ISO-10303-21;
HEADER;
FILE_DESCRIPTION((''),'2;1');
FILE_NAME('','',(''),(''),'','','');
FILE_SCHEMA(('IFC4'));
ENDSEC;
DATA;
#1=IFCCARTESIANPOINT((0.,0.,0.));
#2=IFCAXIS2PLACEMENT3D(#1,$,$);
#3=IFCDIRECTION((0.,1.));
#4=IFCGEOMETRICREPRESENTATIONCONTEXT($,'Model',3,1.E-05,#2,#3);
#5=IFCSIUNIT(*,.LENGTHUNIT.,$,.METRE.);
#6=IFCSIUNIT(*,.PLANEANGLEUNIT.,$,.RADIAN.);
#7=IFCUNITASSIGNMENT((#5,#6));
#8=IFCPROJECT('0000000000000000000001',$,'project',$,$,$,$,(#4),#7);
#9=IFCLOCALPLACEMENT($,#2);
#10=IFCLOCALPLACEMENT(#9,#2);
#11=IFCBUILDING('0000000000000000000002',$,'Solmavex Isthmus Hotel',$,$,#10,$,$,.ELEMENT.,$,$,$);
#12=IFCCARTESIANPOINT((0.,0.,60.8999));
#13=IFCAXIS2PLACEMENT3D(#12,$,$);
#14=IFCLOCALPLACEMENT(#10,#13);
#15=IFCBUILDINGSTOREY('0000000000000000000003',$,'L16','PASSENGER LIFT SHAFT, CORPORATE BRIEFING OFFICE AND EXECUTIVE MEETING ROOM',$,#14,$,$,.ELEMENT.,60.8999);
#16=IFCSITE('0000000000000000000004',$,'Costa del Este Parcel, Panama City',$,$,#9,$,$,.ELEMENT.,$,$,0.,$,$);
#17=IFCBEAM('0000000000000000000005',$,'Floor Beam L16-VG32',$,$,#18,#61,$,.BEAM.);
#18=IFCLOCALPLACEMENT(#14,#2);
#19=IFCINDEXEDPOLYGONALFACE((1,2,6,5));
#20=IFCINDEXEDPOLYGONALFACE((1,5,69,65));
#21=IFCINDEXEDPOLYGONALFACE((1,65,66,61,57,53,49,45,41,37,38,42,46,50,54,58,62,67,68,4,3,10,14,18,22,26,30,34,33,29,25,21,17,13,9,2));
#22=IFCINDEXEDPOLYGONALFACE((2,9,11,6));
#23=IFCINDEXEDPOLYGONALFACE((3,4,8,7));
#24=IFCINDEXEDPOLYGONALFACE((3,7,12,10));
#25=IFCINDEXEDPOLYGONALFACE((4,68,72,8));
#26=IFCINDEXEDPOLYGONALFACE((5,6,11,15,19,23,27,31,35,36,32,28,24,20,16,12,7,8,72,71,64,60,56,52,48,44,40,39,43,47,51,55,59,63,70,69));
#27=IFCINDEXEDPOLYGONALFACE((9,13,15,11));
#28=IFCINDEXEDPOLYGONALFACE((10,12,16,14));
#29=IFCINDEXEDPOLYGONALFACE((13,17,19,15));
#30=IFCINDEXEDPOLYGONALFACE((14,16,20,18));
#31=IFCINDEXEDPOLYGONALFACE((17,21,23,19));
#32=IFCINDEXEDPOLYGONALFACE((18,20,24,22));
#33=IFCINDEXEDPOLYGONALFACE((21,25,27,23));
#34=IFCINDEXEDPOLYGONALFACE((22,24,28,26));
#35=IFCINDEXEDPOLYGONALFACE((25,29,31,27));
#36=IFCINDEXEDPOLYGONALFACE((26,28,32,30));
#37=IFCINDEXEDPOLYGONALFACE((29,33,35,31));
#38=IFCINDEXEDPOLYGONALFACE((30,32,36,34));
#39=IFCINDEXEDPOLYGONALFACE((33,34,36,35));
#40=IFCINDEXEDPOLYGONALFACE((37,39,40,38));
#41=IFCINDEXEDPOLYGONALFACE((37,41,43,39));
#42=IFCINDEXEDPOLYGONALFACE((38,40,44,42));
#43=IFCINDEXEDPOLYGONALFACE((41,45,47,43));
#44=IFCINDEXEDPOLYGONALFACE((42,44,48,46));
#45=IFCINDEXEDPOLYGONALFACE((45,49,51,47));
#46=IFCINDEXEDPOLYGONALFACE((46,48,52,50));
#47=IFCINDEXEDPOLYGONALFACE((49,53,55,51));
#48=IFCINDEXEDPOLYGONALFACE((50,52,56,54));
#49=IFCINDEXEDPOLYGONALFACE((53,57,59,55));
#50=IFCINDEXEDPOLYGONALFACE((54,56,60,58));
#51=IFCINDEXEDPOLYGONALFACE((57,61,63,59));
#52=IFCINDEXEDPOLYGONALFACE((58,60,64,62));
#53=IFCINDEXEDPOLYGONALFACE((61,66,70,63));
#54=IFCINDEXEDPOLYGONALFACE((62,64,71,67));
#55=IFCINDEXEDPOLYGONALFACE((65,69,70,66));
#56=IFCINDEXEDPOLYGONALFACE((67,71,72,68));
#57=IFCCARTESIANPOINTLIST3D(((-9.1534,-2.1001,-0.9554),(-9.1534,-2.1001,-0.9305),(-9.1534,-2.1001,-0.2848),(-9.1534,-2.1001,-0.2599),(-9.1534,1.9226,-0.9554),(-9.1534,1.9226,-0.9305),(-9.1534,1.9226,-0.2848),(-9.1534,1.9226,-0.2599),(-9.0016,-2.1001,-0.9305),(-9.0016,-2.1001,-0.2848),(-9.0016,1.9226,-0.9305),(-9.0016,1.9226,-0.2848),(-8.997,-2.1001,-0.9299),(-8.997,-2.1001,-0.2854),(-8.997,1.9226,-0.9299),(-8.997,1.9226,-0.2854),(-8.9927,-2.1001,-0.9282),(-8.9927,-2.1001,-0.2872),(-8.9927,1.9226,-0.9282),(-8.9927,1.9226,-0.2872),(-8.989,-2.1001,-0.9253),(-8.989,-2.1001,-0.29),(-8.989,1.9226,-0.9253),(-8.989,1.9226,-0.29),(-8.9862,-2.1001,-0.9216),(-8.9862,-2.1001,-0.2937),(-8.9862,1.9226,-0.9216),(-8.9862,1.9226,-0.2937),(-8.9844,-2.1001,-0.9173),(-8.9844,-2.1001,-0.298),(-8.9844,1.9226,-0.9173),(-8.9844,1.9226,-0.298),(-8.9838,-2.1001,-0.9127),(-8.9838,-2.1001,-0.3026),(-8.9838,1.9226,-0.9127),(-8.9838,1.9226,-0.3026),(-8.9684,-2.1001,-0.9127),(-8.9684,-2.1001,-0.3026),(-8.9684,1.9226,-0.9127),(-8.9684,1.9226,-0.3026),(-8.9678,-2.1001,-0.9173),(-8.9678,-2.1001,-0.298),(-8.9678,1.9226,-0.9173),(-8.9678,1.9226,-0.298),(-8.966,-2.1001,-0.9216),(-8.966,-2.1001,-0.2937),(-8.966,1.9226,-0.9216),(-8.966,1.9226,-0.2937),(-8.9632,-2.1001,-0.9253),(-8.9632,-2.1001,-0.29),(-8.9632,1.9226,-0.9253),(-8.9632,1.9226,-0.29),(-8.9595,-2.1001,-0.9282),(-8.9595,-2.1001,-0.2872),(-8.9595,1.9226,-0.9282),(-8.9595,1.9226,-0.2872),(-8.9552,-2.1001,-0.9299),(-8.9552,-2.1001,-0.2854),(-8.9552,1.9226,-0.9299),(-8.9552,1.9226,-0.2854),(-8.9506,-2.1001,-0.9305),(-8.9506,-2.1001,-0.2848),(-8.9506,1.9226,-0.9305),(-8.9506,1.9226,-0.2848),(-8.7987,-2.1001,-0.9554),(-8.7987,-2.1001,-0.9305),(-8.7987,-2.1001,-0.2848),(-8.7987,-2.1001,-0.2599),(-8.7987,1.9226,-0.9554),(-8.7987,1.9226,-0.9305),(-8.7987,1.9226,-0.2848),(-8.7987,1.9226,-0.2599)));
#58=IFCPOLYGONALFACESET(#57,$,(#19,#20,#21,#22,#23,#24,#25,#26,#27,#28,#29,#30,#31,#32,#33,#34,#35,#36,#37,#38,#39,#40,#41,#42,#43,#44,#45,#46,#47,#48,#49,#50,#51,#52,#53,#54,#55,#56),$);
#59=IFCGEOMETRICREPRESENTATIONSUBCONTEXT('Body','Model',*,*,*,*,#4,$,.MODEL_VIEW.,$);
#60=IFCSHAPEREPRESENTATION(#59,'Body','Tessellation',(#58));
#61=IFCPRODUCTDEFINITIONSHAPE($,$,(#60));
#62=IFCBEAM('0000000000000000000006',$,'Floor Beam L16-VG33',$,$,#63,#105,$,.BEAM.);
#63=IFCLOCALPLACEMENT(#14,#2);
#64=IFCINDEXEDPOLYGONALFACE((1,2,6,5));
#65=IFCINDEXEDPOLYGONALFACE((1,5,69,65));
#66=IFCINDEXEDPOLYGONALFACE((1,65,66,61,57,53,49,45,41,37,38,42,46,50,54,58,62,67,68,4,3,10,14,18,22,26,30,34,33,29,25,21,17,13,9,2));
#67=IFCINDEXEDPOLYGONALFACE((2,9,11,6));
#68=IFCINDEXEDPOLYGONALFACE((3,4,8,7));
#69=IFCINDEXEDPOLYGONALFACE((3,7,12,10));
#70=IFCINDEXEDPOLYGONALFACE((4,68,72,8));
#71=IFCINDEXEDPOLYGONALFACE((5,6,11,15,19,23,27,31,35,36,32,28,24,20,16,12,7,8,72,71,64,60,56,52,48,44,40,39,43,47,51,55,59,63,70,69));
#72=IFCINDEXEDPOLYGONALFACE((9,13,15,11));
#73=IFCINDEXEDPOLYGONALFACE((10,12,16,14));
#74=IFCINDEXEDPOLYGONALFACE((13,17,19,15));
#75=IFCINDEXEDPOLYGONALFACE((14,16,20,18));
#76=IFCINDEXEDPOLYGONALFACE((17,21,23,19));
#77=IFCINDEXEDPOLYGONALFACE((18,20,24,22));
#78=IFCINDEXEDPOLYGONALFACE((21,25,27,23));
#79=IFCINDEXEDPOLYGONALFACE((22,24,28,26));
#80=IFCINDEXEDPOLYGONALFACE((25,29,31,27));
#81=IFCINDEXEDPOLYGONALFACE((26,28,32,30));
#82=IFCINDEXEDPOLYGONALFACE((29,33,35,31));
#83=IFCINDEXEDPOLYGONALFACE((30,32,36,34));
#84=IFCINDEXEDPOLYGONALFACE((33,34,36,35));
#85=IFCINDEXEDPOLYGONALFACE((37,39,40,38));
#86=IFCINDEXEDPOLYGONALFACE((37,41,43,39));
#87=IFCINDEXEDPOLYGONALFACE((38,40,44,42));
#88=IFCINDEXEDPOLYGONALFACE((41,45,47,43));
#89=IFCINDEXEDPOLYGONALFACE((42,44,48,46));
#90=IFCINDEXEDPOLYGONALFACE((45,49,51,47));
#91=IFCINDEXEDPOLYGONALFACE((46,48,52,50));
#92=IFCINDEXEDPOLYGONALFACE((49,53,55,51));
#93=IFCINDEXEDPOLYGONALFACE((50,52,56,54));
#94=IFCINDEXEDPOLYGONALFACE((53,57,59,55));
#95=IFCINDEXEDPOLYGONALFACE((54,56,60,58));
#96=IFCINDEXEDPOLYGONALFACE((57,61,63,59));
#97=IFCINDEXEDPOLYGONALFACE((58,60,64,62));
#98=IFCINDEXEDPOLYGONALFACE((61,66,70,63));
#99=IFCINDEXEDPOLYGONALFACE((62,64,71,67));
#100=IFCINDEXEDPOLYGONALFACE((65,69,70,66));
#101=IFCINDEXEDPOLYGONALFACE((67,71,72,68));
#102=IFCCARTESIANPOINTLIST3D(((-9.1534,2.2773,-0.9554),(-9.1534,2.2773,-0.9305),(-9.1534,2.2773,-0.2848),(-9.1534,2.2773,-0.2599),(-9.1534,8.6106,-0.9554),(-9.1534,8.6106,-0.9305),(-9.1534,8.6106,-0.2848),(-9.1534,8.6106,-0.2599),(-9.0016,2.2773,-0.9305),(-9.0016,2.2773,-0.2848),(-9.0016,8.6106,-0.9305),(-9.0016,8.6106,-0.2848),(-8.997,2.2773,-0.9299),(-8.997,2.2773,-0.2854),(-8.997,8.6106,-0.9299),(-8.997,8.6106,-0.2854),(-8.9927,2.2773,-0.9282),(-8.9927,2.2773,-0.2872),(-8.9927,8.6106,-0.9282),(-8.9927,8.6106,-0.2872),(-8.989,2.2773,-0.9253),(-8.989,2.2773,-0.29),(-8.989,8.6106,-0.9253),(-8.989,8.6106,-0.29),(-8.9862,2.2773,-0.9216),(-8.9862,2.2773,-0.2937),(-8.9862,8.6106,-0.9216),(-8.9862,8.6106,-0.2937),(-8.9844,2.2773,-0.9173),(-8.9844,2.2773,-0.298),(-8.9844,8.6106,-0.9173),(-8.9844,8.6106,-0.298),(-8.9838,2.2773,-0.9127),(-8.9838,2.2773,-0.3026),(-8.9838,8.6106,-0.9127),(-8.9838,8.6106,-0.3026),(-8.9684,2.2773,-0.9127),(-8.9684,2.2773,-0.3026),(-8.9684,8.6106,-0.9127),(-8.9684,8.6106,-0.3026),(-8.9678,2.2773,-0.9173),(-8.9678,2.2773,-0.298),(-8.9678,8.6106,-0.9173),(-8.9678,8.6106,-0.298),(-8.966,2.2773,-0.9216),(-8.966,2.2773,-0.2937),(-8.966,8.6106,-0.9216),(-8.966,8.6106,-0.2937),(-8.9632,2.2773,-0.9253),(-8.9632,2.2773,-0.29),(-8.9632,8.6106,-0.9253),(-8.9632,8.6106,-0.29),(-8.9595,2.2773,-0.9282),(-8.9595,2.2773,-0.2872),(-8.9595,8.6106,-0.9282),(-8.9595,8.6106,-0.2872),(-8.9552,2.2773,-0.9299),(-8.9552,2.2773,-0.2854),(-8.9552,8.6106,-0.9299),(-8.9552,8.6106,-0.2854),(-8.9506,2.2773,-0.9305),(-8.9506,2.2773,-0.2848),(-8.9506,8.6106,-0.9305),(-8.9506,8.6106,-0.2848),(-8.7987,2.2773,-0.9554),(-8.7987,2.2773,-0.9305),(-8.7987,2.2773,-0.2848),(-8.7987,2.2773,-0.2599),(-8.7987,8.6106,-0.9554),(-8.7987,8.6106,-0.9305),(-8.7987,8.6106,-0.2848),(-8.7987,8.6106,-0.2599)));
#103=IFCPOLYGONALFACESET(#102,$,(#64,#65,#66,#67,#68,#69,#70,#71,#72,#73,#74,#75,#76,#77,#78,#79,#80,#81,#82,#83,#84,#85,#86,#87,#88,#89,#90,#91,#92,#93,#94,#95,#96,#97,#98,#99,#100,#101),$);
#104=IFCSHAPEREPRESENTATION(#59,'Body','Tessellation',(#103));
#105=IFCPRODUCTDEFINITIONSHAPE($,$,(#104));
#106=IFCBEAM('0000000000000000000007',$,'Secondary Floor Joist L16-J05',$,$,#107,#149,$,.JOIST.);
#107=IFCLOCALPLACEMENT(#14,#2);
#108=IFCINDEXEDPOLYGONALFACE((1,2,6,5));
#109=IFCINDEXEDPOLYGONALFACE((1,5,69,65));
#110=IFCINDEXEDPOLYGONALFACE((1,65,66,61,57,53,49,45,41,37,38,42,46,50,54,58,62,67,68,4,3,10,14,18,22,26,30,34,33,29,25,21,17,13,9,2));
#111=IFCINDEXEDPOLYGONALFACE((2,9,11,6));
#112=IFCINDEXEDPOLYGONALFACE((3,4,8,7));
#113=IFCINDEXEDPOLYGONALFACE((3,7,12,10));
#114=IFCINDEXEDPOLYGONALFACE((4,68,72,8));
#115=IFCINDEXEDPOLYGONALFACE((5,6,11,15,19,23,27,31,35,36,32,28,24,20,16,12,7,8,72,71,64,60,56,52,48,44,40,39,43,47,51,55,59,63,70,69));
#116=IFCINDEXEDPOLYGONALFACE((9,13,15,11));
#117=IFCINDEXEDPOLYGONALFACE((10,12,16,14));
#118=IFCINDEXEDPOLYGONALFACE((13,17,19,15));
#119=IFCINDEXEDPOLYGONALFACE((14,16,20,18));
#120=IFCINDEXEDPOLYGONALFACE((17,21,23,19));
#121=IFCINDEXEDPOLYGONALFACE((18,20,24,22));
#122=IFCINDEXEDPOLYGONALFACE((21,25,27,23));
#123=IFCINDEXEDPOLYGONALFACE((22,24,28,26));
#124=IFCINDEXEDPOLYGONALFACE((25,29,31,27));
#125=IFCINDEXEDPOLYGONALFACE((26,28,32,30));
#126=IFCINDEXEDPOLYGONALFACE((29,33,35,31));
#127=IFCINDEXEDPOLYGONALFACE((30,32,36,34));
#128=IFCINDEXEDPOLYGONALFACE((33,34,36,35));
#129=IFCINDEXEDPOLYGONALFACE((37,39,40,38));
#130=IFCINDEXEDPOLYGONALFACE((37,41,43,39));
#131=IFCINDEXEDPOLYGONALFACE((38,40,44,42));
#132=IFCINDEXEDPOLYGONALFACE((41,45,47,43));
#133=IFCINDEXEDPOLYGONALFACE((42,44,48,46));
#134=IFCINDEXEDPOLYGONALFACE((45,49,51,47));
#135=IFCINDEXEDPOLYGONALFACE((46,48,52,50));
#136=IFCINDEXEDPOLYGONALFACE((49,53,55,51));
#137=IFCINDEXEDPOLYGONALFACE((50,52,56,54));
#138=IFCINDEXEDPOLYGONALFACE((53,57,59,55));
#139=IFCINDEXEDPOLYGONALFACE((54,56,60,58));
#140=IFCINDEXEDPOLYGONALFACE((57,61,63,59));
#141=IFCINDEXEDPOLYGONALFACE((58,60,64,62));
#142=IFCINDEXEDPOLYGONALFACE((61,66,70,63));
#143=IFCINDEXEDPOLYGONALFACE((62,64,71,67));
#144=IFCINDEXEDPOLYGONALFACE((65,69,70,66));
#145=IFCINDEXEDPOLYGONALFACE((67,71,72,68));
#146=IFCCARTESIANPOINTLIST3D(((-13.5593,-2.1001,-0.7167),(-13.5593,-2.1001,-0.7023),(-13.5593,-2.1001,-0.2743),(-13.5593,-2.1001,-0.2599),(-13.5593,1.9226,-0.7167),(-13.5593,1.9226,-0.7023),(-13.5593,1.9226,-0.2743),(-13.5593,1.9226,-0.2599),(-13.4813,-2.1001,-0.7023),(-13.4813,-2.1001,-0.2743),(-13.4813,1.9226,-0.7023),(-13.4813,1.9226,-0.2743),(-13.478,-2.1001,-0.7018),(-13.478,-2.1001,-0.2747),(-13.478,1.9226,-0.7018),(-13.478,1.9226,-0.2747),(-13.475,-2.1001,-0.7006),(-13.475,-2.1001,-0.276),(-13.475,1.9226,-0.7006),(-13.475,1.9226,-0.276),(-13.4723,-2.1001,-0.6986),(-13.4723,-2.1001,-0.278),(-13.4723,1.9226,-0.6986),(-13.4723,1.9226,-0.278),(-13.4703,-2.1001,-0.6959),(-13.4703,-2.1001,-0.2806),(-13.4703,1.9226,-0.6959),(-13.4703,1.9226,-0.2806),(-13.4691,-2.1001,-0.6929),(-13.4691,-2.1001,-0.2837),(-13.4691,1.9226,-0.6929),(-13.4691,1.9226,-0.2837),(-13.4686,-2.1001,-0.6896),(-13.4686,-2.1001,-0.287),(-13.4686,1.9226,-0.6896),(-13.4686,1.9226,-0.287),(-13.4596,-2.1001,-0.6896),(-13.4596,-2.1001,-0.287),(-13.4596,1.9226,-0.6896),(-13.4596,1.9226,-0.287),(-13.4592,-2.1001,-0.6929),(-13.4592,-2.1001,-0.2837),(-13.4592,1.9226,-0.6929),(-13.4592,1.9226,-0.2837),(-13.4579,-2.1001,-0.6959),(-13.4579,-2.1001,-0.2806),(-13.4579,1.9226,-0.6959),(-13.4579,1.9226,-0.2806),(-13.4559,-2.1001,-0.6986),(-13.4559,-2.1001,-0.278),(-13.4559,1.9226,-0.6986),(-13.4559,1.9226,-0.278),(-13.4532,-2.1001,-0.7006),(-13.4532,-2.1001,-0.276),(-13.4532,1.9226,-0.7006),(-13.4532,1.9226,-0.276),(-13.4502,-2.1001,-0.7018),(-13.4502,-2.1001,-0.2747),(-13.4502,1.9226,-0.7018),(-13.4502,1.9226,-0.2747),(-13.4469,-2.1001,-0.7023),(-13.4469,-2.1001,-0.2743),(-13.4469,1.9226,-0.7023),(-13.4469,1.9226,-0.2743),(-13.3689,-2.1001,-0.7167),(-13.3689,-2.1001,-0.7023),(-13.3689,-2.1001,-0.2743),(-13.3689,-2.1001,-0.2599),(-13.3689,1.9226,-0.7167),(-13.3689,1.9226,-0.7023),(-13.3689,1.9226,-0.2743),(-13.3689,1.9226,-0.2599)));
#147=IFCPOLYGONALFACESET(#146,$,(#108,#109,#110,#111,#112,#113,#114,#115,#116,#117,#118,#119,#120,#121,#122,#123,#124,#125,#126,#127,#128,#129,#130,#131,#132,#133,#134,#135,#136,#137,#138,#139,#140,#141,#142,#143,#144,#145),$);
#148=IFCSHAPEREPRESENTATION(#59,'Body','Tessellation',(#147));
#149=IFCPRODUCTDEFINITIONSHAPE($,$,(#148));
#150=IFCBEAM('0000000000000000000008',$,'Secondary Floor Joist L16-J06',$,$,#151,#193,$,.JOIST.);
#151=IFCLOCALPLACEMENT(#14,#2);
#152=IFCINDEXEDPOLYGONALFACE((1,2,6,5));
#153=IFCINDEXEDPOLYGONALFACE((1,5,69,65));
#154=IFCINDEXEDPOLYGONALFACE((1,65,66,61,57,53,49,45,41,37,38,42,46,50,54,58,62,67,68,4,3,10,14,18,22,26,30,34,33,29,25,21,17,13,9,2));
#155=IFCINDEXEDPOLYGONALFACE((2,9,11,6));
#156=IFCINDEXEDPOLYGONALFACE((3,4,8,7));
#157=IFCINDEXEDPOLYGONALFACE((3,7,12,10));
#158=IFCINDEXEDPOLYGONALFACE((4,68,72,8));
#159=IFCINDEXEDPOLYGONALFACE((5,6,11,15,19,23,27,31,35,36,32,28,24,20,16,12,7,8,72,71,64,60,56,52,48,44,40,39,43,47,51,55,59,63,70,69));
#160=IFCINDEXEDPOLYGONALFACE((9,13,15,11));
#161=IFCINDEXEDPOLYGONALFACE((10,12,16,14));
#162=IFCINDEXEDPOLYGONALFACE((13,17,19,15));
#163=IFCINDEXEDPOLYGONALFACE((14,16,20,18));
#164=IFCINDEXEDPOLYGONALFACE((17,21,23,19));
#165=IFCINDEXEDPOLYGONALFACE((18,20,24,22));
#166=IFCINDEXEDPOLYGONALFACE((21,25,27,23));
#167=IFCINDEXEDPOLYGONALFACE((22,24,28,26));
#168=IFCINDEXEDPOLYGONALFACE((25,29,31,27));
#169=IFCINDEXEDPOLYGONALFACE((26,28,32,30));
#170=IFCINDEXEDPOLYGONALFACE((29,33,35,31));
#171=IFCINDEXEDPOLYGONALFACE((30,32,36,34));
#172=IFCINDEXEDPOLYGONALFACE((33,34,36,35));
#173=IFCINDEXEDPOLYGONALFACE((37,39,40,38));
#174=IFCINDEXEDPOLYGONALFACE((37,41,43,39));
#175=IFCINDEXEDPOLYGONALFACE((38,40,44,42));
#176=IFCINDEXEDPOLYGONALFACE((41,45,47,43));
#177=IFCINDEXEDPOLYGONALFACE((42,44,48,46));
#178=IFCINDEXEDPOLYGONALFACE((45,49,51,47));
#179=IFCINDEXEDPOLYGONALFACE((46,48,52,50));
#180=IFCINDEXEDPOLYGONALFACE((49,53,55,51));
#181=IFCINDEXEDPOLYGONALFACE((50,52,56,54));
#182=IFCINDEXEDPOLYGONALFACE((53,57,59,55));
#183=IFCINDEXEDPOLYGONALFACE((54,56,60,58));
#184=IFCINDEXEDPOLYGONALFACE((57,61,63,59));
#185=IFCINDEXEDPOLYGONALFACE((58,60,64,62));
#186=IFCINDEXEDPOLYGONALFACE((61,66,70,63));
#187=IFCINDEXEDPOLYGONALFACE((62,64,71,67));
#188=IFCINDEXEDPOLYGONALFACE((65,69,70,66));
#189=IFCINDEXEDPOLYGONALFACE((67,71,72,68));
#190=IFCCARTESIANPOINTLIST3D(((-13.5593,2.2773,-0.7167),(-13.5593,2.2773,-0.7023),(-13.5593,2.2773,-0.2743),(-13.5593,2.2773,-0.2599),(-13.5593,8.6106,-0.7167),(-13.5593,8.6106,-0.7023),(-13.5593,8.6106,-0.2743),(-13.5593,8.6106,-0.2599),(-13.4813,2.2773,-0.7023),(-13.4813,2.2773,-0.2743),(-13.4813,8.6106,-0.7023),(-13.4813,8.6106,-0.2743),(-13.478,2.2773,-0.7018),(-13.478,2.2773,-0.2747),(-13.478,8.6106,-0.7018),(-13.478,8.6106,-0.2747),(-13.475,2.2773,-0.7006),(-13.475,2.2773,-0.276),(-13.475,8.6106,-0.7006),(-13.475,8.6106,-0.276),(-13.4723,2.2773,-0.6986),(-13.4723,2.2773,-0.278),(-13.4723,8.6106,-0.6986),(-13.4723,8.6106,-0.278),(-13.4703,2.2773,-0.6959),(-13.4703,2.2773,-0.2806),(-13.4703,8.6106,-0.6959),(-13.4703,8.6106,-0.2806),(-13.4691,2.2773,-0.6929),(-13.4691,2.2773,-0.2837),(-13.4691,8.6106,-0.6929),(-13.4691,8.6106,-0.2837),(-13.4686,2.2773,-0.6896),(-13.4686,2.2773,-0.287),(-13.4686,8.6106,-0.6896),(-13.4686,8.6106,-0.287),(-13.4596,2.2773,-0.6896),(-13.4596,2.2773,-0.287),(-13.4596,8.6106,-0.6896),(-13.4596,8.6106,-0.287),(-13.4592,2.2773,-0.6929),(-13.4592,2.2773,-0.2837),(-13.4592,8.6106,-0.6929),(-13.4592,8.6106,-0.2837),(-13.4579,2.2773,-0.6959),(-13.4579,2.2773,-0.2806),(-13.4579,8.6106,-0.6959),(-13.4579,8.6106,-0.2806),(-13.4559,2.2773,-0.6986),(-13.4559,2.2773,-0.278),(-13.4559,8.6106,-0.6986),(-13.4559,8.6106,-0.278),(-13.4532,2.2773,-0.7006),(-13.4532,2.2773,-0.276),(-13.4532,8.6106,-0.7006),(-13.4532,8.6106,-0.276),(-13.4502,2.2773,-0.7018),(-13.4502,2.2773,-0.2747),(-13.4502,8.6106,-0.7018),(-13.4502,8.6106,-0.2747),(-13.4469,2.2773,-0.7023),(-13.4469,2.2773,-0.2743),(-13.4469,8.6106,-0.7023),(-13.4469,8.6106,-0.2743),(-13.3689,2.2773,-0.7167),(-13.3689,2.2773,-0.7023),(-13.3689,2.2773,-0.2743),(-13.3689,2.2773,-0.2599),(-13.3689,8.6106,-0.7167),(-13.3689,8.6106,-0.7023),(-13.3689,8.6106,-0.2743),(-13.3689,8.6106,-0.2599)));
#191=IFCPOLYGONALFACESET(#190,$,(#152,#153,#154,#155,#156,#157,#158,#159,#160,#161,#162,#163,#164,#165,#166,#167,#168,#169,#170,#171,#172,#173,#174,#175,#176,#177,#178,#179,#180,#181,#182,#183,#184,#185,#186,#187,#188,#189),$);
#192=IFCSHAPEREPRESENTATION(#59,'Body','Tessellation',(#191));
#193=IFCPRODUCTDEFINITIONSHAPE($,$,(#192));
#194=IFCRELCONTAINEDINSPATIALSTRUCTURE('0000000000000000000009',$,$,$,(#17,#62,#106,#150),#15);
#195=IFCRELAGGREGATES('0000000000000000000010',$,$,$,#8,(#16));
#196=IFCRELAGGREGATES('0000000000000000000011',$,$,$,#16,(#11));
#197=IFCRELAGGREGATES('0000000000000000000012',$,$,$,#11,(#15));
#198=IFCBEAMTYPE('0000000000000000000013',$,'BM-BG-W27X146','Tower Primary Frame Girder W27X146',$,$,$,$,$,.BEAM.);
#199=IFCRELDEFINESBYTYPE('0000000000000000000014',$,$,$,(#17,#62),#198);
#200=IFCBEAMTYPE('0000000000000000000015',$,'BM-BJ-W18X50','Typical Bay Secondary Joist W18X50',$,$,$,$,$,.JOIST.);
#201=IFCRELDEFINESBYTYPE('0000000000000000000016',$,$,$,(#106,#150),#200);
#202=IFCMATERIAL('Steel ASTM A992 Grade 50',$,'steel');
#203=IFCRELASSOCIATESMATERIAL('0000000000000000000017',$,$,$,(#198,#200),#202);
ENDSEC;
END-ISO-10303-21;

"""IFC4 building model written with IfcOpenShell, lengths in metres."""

from ifc_helpers import new_model, si_unit, direction, frame, origin, origin_2d, place, context, subcontext, project, spatial, i_section, extrude, material, material_profile, profile_set, type_object, element, save


model = new_model("IFC4")

# Units and contexts
model_context = context("Model", 3, precision=1e-05, world=origin(), true_north=direction((0.0, 1.0)))
body_context = subcontext(model_context, "Body", "Model", "MODEL_VIEW")
ifc_project = project(units=[si_unit("LENGTHUNIT", "METRE"), si_unit("PLANEANGLEUNIT", "RADIAN")], contexts=[model_context])

# Site, building, storey
site_placement = place(None, origin())
site = spatial("IfcSite", under=ifc_project, at=site_placement, Name="Costa del Este Parcel, Panama City", CompositionType="ELEMENT", RefElevation=0.0)
building_placement = place(site_placement, origin())
building = spatial("IfcBuilding", under=site, at=building_placement, Name="Solmavex Isthmus Hotel", CompositionType="ELEMENT")
storey_placement = place(building_placement, frame((0.0, 0.0, 60.8999)))
storey = spatial("IfcBuildingStorey", under=building, at=storey_placement, Name="L16", Description="PASSENGER LIFT SHAFT, CORPORATE BRIEFING OFFICE AND EXECUTIVE MEETING ROOM", CompositionType="ELEMENT", Elevation=60.8999)

# Beams
ifc_material_1 = material(Name="Steel ASTM A992 Grade 50", Category="steel")
ifc_material_profile_1 = material_profile(ifc_material_1, i_section(OverallWidth=0.3547, OverallDepth=0.6956, WebThickness=0.0154, FlangeThickness=0.0249, FilletRadius=0.0178, at=origin_2d()), Name="W27X146")
ifc_profile_set_1 = profile_set([ifc_material_profile_1], Name="Steel ASTM A992 Grade 50")
beam_type_1 = type_object("IfcBeamType", Name="BM-BG-W27X146", Description="Tower Primary Frame Girder W27X146", PredefinedType="BEAM", material=ifc_profile_set_1)
beam_1_placement = place(storey_placement, frame((-8.9761, -2.1001, -0.6077), z_axis=(0.0, 1.0, 0.0), x_axis=(-1.0, 0.0, 0.0)))
element("IfcBeam", 1, at=beam_1_placement, inside=storey, type_object=beam_type_1, Name="Floor Beam L16-VG32", PredefinedType="BEAM", context=body_context, shape_type="SweptSolid", body=[
    extrude(i_section(OverallWidth=0.3547, OverallDepth=0.6956, WebThickness=0.0154, FlangeThickness=0.0249, FilletRadius=0.0178, at=origin_2d()), origin(), (0.0, 0.0, 1.0), 4.0227),
])
beam_2_placement = place(storey_placement, frame((-8.9761, 2.2773, -0.6077), z_axis=(0.0, 1.0, 0.0), x_axis=(-1.0, 0.0, 0.0)))
element("IfcBeam", 2, at=beam_2_placement, inside=storey, type_object=beam_type_1, Name="Floor Beam L16-VG33", PredefinedType="BEAM", context=body_context, shape_type="SweptSolid", body=[
    extrude(i_section(OverallWidth=0.3547, OverallDepth=0.6956, WebThickness=0.0154, FlangeThickness=0.0249, FilletRadius=0.0178, at=origin_2d()), origin(), (0.0, 0.0, 1.0), 6.3333),
])
ifc_material_profile_2 = material_profile(ifc_material_1, i_section(OverallWidth=0.1904, OverallDepth=0.4568, WebThickness=0.009, FlangeThickness=0.0144, FilletRadius=0.0127, at=origin_2d()), Name="W18X50")
ifc_profile_set_2 = profile_set([ifc_material_profile_2], Name="Steel ASTM A992 Grade 50")
beam_type_2 = type_object("IfcBeamType", Name="BM-BJ-W18X50", Description="Typical Bay Secondary Joist W18X50", PredefinedType="JOIST", material=ifc_profile_set_2)
beam_3_placement = place(storey_placement, frame((-13.4641, -2.1001, -0.4883), z_axis=(0.0, 1.0, 0.0), x_axis=(-1.0, 0.0, 0.0)))
element("IfcBeam", 3, at=beam_3_placement, inside=storey, type_object=beam_type_2, Name="Secondary Floor Joist L16-J05", PredefinedType="JOIST", context=body_context, shape_type="SweptSolid", body=[
    extrude(i_section(OverallWidth=0.1904, OverallDepth=0.4568, WebThickness=0.009, FlangeThickness=0.0144, FilletRadius=0.0127, at=origin_2d()), origin(), (0.0, 0.0, 1.0), 4.0227),
])
beam_4_placement = place(storey_placement, frame((-13.4641, 2.2773, -0.4883), z_axis=(0.0, 1.0, 0.0), x_axis=(-1.0, 0.0, 0.0)))
element("IfcBeam", 4, at=beam_4_placement, inside=storey, type_object=beam_type_2, Name="Secondary Floor Joist L16-J06", PredefinedType="JOIST", context=body_context, shape_type="SweptSolid", body=[
    extrude(i_section(OverallWidth=0.1904, OverallDepth=0.4568, WebThickness=0.009, FlangeThickness=0.0144, FilletRadius=0.0127, at=origin_2d()), origin(), (0.0, 0.0, 1.0), 6.3333),
])

save(model, "model.ifc")
